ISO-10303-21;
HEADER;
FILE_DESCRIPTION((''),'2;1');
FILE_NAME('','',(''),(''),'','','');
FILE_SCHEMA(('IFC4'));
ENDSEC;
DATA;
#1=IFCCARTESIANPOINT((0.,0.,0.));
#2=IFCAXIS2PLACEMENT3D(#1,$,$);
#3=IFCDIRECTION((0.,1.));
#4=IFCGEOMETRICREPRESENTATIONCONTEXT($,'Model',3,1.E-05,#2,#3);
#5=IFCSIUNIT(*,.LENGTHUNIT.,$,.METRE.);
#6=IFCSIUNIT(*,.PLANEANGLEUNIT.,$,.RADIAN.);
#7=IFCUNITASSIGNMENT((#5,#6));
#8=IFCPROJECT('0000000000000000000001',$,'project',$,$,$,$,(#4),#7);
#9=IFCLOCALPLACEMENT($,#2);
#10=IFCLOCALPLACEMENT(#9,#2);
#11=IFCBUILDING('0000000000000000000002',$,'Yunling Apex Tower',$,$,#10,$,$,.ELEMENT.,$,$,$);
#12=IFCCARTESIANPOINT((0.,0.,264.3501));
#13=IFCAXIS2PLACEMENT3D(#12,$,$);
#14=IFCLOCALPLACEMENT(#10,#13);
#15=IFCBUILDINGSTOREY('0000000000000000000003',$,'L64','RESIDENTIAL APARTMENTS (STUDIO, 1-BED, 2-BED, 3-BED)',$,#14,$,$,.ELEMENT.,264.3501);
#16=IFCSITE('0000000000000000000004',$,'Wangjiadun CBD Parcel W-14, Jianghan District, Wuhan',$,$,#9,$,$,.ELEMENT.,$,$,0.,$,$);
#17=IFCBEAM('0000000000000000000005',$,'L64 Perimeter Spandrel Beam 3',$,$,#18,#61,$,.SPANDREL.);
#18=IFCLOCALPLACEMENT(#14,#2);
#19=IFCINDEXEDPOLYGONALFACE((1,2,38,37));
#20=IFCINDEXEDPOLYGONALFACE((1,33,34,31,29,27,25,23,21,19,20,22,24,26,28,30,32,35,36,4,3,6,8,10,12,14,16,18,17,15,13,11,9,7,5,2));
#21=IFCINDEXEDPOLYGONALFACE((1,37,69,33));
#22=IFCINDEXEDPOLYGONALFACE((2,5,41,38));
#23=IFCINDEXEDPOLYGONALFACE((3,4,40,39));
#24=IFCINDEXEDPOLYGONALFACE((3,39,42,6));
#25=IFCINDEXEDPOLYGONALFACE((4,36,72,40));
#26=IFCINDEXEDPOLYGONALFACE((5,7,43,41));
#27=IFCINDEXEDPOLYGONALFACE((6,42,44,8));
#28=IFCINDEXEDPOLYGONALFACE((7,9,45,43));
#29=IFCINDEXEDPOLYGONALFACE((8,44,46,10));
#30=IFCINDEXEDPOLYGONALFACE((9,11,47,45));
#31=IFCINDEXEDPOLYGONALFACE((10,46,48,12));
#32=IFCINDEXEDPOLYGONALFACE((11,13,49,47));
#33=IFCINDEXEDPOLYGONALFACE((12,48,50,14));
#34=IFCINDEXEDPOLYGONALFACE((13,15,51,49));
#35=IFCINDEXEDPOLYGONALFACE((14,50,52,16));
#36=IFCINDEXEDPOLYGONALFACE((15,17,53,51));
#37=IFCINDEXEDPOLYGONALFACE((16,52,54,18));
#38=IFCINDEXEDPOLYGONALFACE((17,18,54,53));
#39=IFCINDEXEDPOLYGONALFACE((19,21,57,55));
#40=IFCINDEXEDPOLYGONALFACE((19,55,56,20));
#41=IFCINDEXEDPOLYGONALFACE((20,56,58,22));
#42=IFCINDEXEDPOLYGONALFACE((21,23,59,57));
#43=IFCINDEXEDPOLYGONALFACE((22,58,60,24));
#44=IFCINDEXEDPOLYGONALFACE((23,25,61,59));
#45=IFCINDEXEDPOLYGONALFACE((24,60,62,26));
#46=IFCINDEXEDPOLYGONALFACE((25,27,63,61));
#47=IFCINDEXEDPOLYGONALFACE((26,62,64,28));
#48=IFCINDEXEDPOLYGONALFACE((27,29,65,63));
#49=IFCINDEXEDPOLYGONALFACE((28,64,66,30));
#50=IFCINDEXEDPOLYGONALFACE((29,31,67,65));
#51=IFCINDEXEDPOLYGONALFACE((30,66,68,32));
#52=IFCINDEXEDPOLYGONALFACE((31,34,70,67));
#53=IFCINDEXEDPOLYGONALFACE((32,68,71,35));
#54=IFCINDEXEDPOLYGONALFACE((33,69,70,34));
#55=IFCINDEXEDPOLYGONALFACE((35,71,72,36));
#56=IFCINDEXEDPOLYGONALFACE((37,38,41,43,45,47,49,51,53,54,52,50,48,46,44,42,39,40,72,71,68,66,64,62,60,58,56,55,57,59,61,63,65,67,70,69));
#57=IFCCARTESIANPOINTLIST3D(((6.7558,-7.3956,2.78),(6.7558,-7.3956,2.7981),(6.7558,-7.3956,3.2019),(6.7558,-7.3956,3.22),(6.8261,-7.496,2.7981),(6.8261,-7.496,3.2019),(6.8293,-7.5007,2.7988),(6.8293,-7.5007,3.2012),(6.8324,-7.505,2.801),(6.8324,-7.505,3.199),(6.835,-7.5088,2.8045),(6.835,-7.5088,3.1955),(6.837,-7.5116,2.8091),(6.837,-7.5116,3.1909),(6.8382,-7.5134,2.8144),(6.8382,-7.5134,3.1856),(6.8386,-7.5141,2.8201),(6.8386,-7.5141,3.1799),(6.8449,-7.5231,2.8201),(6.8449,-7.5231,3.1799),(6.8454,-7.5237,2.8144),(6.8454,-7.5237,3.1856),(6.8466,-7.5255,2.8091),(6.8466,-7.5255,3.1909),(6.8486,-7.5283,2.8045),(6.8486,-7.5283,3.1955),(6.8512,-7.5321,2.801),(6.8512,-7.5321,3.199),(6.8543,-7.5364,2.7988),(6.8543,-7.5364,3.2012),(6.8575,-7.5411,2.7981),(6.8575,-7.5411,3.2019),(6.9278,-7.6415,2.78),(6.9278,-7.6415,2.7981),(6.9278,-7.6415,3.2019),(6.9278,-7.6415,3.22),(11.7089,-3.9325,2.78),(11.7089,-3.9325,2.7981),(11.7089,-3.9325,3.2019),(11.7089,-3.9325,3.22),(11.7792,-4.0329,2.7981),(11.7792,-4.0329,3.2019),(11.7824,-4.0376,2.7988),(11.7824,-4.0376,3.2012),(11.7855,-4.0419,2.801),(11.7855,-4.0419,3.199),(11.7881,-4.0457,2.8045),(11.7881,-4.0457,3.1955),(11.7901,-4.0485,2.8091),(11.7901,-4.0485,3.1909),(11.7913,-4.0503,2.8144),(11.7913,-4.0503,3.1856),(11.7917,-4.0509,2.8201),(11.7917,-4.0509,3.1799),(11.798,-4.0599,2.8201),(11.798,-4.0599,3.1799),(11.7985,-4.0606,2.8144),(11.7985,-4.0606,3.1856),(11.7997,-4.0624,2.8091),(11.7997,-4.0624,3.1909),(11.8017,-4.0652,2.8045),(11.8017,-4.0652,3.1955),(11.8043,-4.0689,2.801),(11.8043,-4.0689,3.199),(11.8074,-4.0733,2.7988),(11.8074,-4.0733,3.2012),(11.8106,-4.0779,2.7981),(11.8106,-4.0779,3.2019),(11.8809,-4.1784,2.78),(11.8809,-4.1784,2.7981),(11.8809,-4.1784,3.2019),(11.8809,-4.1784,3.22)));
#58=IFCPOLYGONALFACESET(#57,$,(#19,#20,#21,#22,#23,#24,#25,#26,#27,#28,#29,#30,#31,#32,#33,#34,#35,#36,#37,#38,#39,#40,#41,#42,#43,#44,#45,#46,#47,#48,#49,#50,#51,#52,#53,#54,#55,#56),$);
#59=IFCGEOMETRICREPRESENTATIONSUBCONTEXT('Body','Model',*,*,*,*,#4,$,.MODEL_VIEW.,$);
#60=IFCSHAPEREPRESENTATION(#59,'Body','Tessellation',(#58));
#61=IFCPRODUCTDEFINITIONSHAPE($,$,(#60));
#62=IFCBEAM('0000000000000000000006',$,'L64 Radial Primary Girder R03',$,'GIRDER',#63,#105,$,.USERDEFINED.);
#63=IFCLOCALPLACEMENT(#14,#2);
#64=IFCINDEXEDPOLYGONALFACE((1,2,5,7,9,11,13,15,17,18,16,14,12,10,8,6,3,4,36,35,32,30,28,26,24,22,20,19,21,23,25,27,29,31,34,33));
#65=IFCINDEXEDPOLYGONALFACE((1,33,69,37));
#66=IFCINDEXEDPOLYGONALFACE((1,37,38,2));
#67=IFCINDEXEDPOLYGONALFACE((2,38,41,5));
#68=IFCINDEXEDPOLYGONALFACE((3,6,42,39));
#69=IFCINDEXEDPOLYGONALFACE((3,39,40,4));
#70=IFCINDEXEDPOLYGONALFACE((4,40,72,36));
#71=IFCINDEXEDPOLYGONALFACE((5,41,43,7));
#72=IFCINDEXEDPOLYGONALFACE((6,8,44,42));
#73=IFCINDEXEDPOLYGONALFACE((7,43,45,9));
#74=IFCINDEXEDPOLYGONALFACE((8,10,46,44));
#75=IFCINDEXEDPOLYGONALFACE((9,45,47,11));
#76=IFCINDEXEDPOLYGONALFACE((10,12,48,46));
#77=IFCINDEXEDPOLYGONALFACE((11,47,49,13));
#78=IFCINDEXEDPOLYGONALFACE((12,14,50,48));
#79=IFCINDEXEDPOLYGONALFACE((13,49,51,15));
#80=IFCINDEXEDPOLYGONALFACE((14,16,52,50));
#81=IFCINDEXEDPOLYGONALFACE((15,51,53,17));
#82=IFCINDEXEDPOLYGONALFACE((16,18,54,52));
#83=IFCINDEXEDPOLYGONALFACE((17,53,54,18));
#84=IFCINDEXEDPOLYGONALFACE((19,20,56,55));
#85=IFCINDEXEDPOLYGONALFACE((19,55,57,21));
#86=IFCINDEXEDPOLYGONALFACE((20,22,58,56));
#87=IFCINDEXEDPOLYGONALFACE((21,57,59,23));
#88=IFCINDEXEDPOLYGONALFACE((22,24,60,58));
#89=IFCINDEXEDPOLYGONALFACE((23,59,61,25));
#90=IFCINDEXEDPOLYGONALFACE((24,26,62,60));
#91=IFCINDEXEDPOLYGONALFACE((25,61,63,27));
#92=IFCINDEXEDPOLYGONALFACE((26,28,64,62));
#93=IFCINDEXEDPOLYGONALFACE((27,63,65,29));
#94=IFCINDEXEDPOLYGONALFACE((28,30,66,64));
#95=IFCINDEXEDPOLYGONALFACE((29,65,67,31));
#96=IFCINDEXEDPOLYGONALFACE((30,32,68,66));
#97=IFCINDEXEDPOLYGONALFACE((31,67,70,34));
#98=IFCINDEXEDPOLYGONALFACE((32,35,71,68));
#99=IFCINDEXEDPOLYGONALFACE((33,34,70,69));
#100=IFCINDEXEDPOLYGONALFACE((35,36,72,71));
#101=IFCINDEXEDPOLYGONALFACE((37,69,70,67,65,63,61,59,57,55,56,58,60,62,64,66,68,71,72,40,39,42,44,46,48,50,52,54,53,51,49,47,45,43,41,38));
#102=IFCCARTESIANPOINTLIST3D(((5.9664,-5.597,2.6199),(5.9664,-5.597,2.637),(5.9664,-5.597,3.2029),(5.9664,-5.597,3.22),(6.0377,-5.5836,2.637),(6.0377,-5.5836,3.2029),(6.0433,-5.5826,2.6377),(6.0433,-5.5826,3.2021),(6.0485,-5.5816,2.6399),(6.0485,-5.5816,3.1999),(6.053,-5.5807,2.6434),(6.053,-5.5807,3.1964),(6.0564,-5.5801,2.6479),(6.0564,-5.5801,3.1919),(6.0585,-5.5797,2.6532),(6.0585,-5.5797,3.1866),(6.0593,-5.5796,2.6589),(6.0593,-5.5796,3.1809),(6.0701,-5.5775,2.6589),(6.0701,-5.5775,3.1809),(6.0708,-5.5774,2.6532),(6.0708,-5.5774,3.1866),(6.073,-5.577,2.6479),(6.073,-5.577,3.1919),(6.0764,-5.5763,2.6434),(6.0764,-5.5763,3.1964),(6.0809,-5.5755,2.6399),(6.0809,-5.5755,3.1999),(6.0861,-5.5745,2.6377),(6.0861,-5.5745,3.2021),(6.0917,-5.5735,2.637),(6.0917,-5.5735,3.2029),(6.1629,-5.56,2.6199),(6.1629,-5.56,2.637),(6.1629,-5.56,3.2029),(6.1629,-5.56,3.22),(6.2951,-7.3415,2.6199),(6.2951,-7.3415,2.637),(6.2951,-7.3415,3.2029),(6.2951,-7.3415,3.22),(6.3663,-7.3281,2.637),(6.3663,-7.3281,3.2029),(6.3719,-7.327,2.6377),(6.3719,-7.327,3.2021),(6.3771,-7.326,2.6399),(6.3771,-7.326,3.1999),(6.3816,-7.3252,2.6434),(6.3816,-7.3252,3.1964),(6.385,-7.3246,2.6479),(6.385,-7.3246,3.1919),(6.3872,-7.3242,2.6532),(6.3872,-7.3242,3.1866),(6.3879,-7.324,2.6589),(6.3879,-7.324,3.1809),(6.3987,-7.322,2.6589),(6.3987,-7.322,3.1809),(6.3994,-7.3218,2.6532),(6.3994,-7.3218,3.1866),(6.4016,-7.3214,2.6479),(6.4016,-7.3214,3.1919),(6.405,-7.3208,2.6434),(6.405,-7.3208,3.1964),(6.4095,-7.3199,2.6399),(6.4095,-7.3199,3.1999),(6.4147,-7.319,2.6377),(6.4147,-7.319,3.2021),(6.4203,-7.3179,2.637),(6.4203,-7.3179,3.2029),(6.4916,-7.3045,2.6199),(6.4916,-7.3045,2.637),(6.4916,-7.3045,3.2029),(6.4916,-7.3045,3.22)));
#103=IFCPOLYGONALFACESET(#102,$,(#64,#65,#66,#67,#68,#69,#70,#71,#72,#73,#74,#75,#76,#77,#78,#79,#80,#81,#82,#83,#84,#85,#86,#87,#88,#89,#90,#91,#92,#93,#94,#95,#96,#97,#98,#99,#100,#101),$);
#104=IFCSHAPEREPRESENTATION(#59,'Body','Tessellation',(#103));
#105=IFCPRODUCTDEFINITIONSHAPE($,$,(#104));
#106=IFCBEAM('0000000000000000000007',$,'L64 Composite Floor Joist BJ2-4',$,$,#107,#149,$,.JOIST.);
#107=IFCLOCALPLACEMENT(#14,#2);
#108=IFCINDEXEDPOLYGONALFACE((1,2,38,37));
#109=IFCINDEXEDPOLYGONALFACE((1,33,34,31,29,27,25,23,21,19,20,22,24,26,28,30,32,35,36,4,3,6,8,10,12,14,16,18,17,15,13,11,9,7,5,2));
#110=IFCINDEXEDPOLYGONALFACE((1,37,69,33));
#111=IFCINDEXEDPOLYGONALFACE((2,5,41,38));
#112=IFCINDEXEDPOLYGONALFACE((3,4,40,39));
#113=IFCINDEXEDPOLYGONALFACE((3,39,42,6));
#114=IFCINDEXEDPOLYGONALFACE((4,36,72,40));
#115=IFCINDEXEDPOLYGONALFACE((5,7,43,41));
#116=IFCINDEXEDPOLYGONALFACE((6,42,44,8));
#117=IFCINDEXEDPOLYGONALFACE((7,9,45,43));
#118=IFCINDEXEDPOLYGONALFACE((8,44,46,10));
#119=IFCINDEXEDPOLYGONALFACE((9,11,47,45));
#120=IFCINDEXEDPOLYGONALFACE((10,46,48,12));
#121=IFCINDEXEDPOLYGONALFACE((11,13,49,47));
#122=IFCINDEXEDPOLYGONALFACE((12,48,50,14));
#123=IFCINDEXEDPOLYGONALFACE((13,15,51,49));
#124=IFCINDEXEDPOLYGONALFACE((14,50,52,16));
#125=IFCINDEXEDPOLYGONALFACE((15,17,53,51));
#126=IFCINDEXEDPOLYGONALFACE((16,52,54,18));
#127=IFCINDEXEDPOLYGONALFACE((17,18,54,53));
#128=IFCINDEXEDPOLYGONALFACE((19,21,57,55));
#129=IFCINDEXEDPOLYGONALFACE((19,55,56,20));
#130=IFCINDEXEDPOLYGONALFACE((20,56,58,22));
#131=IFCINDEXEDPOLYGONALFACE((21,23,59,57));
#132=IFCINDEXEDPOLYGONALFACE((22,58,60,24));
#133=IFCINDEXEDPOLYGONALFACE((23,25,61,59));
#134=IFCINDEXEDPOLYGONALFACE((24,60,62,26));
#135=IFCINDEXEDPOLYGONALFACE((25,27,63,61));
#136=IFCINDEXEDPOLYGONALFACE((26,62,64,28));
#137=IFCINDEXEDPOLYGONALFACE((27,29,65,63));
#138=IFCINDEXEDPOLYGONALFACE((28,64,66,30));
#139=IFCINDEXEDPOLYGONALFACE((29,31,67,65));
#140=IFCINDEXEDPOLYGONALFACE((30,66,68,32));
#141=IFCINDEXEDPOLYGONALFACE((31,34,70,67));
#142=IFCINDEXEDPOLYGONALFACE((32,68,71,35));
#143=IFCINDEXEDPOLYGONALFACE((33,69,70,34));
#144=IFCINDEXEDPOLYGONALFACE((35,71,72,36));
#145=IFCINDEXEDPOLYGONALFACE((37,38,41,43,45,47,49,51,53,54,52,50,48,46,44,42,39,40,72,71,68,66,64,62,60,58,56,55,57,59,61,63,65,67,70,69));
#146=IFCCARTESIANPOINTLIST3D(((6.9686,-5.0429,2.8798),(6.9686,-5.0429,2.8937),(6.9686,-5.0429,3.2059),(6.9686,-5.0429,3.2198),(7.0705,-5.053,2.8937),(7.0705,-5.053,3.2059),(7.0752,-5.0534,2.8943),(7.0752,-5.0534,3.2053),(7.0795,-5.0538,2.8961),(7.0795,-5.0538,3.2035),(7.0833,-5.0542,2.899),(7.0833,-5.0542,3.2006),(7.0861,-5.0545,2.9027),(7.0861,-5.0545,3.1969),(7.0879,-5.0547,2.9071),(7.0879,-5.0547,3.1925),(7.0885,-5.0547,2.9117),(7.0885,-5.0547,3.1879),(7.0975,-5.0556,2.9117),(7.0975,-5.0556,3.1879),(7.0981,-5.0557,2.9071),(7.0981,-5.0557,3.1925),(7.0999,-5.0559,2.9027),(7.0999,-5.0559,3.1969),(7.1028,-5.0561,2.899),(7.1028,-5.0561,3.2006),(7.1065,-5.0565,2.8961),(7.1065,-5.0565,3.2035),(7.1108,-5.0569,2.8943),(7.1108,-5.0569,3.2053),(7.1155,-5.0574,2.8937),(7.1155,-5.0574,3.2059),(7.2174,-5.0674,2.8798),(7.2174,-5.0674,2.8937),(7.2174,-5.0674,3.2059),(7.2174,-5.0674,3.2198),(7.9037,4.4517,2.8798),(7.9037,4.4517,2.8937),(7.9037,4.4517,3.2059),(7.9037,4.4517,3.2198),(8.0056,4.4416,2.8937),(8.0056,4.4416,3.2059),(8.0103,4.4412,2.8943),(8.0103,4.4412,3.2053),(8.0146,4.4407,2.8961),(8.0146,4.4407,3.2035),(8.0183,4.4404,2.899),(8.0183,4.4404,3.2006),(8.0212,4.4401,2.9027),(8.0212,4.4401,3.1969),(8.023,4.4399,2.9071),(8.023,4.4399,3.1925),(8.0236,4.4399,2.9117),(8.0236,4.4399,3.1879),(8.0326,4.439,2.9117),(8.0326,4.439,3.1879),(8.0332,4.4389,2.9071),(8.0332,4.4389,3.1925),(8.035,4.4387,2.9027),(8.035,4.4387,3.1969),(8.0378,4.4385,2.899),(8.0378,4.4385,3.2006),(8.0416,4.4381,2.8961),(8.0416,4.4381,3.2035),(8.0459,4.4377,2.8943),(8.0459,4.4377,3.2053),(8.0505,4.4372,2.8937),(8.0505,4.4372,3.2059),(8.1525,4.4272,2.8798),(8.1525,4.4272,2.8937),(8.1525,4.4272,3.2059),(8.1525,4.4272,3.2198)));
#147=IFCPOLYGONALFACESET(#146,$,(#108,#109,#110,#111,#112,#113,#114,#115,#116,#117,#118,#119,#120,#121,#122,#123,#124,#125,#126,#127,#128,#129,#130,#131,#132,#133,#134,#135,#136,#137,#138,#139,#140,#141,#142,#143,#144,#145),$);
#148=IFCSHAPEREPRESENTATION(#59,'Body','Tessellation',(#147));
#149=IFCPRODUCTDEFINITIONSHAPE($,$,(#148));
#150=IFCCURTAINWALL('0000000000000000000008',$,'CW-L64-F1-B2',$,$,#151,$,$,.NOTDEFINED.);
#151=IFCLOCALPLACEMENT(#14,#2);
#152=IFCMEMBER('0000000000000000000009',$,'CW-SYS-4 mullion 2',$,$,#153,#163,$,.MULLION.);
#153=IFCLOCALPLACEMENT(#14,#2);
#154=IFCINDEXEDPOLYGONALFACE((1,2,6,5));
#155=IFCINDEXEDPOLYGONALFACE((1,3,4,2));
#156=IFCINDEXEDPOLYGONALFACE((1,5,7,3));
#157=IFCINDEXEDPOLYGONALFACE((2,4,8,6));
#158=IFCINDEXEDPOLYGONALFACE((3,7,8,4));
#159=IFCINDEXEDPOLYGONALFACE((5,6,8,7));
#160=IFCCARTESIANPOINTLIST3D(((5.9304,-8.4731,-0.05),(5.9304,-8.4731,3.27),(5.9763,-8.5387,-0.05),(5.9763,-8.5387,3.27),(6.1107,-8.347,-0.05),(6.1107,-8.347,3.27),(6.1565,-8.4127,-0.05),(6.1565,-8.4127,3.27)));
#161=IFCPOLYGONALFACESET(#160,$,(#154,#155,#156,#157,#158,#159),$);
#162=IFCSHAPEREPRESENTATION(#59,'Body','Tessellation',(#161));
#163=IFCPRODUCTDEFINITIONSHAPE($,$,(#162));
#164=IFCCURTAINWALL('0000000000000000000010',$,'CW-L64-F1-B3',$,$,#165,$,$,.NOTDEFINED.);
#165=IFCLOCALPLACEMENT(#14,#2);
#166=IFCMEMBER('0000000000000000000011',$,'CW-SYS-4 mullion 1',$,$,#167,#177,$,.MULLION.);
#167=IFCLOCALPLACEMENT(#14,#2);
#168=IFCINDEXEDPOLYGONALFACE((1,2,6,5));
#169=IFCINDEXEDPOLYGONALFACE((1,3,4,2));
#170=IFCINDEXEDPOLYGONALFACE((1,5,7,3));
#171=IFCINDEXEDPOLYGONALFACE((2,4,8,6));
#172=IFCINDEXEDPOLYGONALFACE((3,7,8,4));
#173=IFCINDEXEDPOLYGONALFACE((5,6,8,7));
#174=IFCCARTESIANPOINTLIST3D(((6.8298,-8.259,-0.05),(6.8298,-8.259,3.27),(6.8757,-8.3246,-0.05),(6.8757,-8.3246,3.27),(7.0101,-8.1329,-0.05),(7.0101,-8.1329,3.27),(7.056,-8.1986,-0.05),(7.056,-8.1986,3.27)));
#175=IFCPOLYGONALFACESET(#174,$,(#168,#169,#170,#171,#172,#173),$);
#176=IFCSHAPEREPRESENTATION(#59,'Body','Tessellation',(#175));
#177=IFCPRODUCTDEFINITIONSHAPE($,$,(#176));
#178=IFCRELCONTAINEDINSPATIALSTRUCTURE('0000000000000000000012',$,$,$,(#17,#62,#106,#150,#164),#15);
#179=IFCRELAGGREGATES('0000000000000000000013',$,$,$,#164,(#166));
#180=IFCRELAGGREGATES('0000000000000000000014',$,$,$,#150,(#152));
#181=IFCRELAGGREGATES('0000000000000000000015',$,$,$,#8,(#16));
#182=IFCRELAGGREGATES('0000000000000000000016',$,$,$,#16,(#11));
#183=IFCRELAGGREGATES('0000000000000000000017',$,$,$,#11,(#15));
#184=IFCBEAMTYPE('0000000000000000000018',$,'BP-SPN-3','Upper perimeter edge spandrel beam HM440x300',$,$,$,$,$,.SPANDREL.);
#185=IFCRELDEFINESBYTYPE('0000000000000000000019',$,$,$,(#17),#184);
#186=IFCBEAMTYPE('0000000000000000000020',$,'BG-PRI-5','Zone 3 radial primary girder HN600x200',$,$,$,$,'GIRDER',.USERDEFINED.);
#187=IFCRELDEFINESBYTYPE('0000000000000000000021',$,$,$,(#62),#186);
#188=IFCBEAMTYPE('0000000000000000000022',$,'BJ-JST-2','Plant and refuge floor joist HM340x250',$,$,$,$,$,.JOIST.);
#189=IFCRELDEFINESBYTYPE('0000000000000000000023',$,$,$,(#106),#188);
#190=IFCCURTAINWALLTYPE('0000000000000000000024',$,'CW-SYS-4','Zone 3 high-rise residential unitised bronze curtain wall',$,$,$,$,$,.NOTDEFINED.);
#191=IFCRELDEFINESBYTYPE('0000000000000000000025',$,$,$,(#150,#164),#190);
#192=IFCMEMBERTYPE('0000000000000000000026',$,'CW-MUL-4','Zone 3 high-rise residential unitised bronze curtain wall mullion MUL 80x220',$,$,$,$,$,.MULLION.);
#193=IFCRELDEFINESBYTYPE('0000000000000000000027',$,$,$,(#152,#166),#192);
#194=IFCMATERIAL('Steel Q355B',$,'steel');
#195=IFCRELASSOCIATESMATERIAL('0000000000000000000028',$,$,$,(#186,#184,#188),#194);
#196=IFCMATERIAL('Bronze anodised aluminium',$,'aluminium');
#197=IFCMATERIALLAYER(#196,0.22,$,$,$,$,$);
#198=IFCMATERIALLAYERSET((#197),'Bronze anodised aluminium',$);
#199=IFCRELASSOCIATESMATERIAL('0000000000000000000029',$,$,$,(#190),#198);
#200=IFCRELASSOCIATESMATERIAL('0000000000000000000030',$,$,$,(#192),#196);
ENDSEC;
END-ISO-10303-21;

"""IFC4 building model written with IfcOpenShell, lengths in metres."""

from ifc_helpers import new_model, si_unit, direction, frame, origin, origin_2d, place, context, subcontext, project, spatial, rectangle, i_section, extrude, source, transform, mapped, material, layer, layer_set, material_profile, profile_set, type_object, element, aggregate, save


model = new_model("IFC4")

# Units and contexts
model_context = context("Model", 3, precision=1e-05, world=origin(), true_north=direction((0.0, 1.0)))
body_context = subcontext(model_context, "Body", "Model", "MODEL_VIEW")
ifc_project = project(units=[si_unit("LENGTHUNIT", "METRE"), si_unit("PLANEANGLEUNIT", "RADIAN")], contexts=[model_context])

# Site, building, storey
site_placement = place(None, origin())
site = spatial("IfcSite", under=ifc_project, at=site_placement, Name="Wangjiadun CBD Parcel W-14, Jianghan District, Wuhan", CompositionType="ELEMENT", RefElevation=0.0)
building_placement = place(site_placement, origin())
building = spatial("IfcBuilding", under=site, at=building_placement, Name="Yunling Apex Tower", CompositionType="ELEMENT")
storey_placement = place(building_placement, frame((0.0, 0.0, 264.3501)))
storey = spatial("IfcBuildingStorey", under=building, at=storey_placement, Name="L64", Description="RESIDENTIAL APARTMENTS (STUDIO, 1-BED, 2-BED, 3-BED)", CompositionType="ELEMENT", Elevation=264.3501)

# Shared definitions
ifc_material_1 = material(Name="Steel Q355B", Category="steel")

# Beams
ifc_material_profile_1 = material_profile(ifc_material_1, i_section(OverallWidth=0.2, OverallDepth=0.6001, WebThickness=0.011, FlangeThickness=0.0171, FilletRadius=0.022, at=origin_2d()))
ifc_profile_set_1 = profile_set([ifc_material_profile_1], Name="Steel Q355B")
beam_type_1 = type_object("IfcBeamType", Name="BG-PRI-5", Description="Zone 3 radial primary girder HN600x200", ElementType="GIRDER", PredefinedType="USERDEFINED", material=ifc_profile_set_1)
ifc_material_profile_2 = material_profile(ifc_material_1, i_section(OverallWidth=0.3, OverallDepth=0.4399, WebThickness=0.011, FlangeThickness=0.0181, FilletRadius=0.022, at=origin_2d()))
ifc_profile_set_2 = profile_set([ifc_material_profile_2], Name="Steel Q355B")
beam_type_2 = type_object("IfcBeamType", Name="BP-SPN-3", Description="Upper perimeter edge spandrel beam HM440x300", PredefinedType="SPANDREL", material=ifc_profile_set_2)
shared_shape_1 = source(origin(), body_context, "Body", "SweptSolid", [
    extrude(i_section(OverallWidth=0.3, OverallDepth=0.4399, WebThickness=0.011, FlangeThickness=0.0181, FilletRadius=0.022, at=origin_2d()), origin(), (0.0, 0.0, 1.0), 6.0437),
])
beam_1_placement = place(storey_placement, frame((6.8418, -7.5186, 3.0), z_axis=(0.819547, 0.573012, 0.0), x_axis=(-0.573012, 0.819547, 0.0)))
element("IfcBeam", 1, at=beam_1_placement, inside=storey, type_object=beam_type_2, Name="L64 Perimeter Spandrel Beam 3", PredefinedType="SPANDREL", context=body_context, shape_type="MappedRepresentation", body=[
    mapped(shared_shape_1, transform((0.0, 0.0, 0.0), scale=1.0)),
])
shared_shape_2 = source(origin(), body_context, "Body", "SweptSolid", [
    extrude(i_section(OverallWidth=0.2, OverallDepth=0.6001, WebThickness=0.011, FlangeThickness=0.0171, FilletRadius=0.022, at=origin_2d()), origin(), (0.0, 0.0, 1.0), 1.7751),
])
beam_2_placement = place(storey_placement, frame((6.3933, -7.323, 2.9199), z_axis=(-0.185127, 0.982715, 0.0), x_axis=(-0.982715, -0.185127, 0.0)))
element("IfcBeam", 2, at=beam_2_placement, inside=storey, type_object=beam_type_1, Name="L64 Radial Primary Girder R03", ObjectType="GIRDER", PredefinedType="USERDEFINED", context=body_context, shape_type="MappedRepresentation", body=[
    mapped(shared_shape_2, transform((0.0, 0.0, 0.0), scale=1.0)),
])
ifc_material_profile_3 = material_profile(ifc_material_1, i_section(OverallWidth=0.25, OverallDepth=0.3401, WebThickness=0.009, FlangeThickness=0.0139, FilletRadius=0.0181, at=origin_2d()))
ifc_profile_set_3 = profile_set([ifc_material_profile_3], Name="Steel Q355B")
beam_type_3 = type_object("IfcBeamType", Name="BJ-JST-2", Description="Plant and refuge floor joist HM340x250", PredefinedType="JOIST", material=ifc_profile_set_3)
shared_shape_3 = source(origin(), body_context, "Body", "SweptSolid", [
    extrude(i_section(OverallWidth=0.25, OverallDepth=0.3401, WebThickness=0.009, FlangeThickness=0.0139, FilletRadius=0.0181, at=origin_2d()), origin(), (0.0, 0.0, 1.0), 9.5405),
])
beam_3_placement = place(storey_placement, frame((7.093, -5.0552, 3.0498), z_axis=(0.098009, 0.995186, 0.0), x_axis=(-0.995186, 0.098009, 0.0)))
element("IfcBeam", 3, at=beam_3_placement, inside=storey, type_object=beam_type_3, Name="L64 Composite Floor Joist BJ2-4", PredefinedType="JOIST", context=body_context, shape_type="MappedRepresentation", body=[
    mapped(shared_shape_3, transform((0.0, 0.0, 0.0), scale=1.0)),
])

# Curtain wall, member
ifc_material_2 = material(Name="Bronze anodised aluminium", Category="aluminium")
ifc_layer_1 = layer(ifc_material_2, 0.22)
ifc_layer_set_1 = layer_set([ifc_layer_1], Name="Bronze anodised aluminium")
curtain_wall_type = type_object("IfcCurtainWallType", Name="CW-SYS-4", Description="Zone 3 high-rise residential unitised bronze curtain wall", PredefinedType="NOTDEFINED", material=ifc_layer_set_1)
curtain_wall_1_placement = place(storey_placement, origin())
curtain_wall_1 = element("IfcCurtainWall", 4, at=curtain_wall_1_placement, inside=storey, type_object=curtain_wall_type, Name="CW-L64-F1-B2", PredefinedType="NOTDEFINED")
ifc_material_profile_4 = material_profile(ifc_material_2, rectangle(XDim=0.0801, YDim=0.22, at=origin_2d()))
ifc_profile_set_4 = profile_set([ifc_material_profile_4], Name="Bronze anodised aluminium")
member_type_1 = type_object("IfcMemberType", Name="CW-MUL-4", Description="Zone 3 high-rise residential unitised bronze curtain wall mullion MUL 80x220", PredefinedType="MULLION", material=ifc_profile_set_4)
shared_shape_4 = source(origin(), body_context, "Body", "SweptSolid", [
    extrude(rectangle(XDim=0.0801, YDim=0.22, at=origin_2d()), origin(), (0.0, 0.0, 1.0), 3.3201),
])
member_1_placement = place(storey_placement, frame((6.0435, -8.4429, -0.05), z_axis=(0.0, 0.0, 1.0), x_axis=(-0.572999, 0.819556, 0.0)))
member_1 = element("IfcMember", 5, at=member_1_placement, type_object=member_type_1, Name="CW-SYS-4 mullion 2", PredefinedType="MULLION", context=body_context, shape_type="MappedRepresentation", body=[
    mapped(shared_shape_4, transform((0.0, 0.0, 0.0), scale=1.0)),
])

# Curtain wall, member
curtain_wall_2_placement = place(storey_placement, origin())
curtain_wall_2 = element("IfcCurtainWall", 6, at=curtain_wall_2_placement, inside=storey, type_object=curtain_wall_type, Name="CW-L64-F1-B3", PredefinedType="NOTDEFINED")
member_2_placement = place(storey_placement, frame((6.9429, -8.2288, -0.05), z_axis=(0.0, 0.0, 1.0), x_axis=(-0.57301, 0.819548, 0.0)))
member_2 = element("IfcMember", 7, at=member_2_placement, type_object=member_type_1, Name="CW-SYS-4 mullion 1", PredefinedType="MULLION", context=body_context, shape_type="MappedRepresentation", body=[
    mapped(shared_shape_4, transform((0.0, 0.0, 0.0), scale=1.0)),
])
aggregate(curtain_wall_2, [member_2])

aggregate(curtain_wall_1, [member_1])

save(model, "model.ifc")
